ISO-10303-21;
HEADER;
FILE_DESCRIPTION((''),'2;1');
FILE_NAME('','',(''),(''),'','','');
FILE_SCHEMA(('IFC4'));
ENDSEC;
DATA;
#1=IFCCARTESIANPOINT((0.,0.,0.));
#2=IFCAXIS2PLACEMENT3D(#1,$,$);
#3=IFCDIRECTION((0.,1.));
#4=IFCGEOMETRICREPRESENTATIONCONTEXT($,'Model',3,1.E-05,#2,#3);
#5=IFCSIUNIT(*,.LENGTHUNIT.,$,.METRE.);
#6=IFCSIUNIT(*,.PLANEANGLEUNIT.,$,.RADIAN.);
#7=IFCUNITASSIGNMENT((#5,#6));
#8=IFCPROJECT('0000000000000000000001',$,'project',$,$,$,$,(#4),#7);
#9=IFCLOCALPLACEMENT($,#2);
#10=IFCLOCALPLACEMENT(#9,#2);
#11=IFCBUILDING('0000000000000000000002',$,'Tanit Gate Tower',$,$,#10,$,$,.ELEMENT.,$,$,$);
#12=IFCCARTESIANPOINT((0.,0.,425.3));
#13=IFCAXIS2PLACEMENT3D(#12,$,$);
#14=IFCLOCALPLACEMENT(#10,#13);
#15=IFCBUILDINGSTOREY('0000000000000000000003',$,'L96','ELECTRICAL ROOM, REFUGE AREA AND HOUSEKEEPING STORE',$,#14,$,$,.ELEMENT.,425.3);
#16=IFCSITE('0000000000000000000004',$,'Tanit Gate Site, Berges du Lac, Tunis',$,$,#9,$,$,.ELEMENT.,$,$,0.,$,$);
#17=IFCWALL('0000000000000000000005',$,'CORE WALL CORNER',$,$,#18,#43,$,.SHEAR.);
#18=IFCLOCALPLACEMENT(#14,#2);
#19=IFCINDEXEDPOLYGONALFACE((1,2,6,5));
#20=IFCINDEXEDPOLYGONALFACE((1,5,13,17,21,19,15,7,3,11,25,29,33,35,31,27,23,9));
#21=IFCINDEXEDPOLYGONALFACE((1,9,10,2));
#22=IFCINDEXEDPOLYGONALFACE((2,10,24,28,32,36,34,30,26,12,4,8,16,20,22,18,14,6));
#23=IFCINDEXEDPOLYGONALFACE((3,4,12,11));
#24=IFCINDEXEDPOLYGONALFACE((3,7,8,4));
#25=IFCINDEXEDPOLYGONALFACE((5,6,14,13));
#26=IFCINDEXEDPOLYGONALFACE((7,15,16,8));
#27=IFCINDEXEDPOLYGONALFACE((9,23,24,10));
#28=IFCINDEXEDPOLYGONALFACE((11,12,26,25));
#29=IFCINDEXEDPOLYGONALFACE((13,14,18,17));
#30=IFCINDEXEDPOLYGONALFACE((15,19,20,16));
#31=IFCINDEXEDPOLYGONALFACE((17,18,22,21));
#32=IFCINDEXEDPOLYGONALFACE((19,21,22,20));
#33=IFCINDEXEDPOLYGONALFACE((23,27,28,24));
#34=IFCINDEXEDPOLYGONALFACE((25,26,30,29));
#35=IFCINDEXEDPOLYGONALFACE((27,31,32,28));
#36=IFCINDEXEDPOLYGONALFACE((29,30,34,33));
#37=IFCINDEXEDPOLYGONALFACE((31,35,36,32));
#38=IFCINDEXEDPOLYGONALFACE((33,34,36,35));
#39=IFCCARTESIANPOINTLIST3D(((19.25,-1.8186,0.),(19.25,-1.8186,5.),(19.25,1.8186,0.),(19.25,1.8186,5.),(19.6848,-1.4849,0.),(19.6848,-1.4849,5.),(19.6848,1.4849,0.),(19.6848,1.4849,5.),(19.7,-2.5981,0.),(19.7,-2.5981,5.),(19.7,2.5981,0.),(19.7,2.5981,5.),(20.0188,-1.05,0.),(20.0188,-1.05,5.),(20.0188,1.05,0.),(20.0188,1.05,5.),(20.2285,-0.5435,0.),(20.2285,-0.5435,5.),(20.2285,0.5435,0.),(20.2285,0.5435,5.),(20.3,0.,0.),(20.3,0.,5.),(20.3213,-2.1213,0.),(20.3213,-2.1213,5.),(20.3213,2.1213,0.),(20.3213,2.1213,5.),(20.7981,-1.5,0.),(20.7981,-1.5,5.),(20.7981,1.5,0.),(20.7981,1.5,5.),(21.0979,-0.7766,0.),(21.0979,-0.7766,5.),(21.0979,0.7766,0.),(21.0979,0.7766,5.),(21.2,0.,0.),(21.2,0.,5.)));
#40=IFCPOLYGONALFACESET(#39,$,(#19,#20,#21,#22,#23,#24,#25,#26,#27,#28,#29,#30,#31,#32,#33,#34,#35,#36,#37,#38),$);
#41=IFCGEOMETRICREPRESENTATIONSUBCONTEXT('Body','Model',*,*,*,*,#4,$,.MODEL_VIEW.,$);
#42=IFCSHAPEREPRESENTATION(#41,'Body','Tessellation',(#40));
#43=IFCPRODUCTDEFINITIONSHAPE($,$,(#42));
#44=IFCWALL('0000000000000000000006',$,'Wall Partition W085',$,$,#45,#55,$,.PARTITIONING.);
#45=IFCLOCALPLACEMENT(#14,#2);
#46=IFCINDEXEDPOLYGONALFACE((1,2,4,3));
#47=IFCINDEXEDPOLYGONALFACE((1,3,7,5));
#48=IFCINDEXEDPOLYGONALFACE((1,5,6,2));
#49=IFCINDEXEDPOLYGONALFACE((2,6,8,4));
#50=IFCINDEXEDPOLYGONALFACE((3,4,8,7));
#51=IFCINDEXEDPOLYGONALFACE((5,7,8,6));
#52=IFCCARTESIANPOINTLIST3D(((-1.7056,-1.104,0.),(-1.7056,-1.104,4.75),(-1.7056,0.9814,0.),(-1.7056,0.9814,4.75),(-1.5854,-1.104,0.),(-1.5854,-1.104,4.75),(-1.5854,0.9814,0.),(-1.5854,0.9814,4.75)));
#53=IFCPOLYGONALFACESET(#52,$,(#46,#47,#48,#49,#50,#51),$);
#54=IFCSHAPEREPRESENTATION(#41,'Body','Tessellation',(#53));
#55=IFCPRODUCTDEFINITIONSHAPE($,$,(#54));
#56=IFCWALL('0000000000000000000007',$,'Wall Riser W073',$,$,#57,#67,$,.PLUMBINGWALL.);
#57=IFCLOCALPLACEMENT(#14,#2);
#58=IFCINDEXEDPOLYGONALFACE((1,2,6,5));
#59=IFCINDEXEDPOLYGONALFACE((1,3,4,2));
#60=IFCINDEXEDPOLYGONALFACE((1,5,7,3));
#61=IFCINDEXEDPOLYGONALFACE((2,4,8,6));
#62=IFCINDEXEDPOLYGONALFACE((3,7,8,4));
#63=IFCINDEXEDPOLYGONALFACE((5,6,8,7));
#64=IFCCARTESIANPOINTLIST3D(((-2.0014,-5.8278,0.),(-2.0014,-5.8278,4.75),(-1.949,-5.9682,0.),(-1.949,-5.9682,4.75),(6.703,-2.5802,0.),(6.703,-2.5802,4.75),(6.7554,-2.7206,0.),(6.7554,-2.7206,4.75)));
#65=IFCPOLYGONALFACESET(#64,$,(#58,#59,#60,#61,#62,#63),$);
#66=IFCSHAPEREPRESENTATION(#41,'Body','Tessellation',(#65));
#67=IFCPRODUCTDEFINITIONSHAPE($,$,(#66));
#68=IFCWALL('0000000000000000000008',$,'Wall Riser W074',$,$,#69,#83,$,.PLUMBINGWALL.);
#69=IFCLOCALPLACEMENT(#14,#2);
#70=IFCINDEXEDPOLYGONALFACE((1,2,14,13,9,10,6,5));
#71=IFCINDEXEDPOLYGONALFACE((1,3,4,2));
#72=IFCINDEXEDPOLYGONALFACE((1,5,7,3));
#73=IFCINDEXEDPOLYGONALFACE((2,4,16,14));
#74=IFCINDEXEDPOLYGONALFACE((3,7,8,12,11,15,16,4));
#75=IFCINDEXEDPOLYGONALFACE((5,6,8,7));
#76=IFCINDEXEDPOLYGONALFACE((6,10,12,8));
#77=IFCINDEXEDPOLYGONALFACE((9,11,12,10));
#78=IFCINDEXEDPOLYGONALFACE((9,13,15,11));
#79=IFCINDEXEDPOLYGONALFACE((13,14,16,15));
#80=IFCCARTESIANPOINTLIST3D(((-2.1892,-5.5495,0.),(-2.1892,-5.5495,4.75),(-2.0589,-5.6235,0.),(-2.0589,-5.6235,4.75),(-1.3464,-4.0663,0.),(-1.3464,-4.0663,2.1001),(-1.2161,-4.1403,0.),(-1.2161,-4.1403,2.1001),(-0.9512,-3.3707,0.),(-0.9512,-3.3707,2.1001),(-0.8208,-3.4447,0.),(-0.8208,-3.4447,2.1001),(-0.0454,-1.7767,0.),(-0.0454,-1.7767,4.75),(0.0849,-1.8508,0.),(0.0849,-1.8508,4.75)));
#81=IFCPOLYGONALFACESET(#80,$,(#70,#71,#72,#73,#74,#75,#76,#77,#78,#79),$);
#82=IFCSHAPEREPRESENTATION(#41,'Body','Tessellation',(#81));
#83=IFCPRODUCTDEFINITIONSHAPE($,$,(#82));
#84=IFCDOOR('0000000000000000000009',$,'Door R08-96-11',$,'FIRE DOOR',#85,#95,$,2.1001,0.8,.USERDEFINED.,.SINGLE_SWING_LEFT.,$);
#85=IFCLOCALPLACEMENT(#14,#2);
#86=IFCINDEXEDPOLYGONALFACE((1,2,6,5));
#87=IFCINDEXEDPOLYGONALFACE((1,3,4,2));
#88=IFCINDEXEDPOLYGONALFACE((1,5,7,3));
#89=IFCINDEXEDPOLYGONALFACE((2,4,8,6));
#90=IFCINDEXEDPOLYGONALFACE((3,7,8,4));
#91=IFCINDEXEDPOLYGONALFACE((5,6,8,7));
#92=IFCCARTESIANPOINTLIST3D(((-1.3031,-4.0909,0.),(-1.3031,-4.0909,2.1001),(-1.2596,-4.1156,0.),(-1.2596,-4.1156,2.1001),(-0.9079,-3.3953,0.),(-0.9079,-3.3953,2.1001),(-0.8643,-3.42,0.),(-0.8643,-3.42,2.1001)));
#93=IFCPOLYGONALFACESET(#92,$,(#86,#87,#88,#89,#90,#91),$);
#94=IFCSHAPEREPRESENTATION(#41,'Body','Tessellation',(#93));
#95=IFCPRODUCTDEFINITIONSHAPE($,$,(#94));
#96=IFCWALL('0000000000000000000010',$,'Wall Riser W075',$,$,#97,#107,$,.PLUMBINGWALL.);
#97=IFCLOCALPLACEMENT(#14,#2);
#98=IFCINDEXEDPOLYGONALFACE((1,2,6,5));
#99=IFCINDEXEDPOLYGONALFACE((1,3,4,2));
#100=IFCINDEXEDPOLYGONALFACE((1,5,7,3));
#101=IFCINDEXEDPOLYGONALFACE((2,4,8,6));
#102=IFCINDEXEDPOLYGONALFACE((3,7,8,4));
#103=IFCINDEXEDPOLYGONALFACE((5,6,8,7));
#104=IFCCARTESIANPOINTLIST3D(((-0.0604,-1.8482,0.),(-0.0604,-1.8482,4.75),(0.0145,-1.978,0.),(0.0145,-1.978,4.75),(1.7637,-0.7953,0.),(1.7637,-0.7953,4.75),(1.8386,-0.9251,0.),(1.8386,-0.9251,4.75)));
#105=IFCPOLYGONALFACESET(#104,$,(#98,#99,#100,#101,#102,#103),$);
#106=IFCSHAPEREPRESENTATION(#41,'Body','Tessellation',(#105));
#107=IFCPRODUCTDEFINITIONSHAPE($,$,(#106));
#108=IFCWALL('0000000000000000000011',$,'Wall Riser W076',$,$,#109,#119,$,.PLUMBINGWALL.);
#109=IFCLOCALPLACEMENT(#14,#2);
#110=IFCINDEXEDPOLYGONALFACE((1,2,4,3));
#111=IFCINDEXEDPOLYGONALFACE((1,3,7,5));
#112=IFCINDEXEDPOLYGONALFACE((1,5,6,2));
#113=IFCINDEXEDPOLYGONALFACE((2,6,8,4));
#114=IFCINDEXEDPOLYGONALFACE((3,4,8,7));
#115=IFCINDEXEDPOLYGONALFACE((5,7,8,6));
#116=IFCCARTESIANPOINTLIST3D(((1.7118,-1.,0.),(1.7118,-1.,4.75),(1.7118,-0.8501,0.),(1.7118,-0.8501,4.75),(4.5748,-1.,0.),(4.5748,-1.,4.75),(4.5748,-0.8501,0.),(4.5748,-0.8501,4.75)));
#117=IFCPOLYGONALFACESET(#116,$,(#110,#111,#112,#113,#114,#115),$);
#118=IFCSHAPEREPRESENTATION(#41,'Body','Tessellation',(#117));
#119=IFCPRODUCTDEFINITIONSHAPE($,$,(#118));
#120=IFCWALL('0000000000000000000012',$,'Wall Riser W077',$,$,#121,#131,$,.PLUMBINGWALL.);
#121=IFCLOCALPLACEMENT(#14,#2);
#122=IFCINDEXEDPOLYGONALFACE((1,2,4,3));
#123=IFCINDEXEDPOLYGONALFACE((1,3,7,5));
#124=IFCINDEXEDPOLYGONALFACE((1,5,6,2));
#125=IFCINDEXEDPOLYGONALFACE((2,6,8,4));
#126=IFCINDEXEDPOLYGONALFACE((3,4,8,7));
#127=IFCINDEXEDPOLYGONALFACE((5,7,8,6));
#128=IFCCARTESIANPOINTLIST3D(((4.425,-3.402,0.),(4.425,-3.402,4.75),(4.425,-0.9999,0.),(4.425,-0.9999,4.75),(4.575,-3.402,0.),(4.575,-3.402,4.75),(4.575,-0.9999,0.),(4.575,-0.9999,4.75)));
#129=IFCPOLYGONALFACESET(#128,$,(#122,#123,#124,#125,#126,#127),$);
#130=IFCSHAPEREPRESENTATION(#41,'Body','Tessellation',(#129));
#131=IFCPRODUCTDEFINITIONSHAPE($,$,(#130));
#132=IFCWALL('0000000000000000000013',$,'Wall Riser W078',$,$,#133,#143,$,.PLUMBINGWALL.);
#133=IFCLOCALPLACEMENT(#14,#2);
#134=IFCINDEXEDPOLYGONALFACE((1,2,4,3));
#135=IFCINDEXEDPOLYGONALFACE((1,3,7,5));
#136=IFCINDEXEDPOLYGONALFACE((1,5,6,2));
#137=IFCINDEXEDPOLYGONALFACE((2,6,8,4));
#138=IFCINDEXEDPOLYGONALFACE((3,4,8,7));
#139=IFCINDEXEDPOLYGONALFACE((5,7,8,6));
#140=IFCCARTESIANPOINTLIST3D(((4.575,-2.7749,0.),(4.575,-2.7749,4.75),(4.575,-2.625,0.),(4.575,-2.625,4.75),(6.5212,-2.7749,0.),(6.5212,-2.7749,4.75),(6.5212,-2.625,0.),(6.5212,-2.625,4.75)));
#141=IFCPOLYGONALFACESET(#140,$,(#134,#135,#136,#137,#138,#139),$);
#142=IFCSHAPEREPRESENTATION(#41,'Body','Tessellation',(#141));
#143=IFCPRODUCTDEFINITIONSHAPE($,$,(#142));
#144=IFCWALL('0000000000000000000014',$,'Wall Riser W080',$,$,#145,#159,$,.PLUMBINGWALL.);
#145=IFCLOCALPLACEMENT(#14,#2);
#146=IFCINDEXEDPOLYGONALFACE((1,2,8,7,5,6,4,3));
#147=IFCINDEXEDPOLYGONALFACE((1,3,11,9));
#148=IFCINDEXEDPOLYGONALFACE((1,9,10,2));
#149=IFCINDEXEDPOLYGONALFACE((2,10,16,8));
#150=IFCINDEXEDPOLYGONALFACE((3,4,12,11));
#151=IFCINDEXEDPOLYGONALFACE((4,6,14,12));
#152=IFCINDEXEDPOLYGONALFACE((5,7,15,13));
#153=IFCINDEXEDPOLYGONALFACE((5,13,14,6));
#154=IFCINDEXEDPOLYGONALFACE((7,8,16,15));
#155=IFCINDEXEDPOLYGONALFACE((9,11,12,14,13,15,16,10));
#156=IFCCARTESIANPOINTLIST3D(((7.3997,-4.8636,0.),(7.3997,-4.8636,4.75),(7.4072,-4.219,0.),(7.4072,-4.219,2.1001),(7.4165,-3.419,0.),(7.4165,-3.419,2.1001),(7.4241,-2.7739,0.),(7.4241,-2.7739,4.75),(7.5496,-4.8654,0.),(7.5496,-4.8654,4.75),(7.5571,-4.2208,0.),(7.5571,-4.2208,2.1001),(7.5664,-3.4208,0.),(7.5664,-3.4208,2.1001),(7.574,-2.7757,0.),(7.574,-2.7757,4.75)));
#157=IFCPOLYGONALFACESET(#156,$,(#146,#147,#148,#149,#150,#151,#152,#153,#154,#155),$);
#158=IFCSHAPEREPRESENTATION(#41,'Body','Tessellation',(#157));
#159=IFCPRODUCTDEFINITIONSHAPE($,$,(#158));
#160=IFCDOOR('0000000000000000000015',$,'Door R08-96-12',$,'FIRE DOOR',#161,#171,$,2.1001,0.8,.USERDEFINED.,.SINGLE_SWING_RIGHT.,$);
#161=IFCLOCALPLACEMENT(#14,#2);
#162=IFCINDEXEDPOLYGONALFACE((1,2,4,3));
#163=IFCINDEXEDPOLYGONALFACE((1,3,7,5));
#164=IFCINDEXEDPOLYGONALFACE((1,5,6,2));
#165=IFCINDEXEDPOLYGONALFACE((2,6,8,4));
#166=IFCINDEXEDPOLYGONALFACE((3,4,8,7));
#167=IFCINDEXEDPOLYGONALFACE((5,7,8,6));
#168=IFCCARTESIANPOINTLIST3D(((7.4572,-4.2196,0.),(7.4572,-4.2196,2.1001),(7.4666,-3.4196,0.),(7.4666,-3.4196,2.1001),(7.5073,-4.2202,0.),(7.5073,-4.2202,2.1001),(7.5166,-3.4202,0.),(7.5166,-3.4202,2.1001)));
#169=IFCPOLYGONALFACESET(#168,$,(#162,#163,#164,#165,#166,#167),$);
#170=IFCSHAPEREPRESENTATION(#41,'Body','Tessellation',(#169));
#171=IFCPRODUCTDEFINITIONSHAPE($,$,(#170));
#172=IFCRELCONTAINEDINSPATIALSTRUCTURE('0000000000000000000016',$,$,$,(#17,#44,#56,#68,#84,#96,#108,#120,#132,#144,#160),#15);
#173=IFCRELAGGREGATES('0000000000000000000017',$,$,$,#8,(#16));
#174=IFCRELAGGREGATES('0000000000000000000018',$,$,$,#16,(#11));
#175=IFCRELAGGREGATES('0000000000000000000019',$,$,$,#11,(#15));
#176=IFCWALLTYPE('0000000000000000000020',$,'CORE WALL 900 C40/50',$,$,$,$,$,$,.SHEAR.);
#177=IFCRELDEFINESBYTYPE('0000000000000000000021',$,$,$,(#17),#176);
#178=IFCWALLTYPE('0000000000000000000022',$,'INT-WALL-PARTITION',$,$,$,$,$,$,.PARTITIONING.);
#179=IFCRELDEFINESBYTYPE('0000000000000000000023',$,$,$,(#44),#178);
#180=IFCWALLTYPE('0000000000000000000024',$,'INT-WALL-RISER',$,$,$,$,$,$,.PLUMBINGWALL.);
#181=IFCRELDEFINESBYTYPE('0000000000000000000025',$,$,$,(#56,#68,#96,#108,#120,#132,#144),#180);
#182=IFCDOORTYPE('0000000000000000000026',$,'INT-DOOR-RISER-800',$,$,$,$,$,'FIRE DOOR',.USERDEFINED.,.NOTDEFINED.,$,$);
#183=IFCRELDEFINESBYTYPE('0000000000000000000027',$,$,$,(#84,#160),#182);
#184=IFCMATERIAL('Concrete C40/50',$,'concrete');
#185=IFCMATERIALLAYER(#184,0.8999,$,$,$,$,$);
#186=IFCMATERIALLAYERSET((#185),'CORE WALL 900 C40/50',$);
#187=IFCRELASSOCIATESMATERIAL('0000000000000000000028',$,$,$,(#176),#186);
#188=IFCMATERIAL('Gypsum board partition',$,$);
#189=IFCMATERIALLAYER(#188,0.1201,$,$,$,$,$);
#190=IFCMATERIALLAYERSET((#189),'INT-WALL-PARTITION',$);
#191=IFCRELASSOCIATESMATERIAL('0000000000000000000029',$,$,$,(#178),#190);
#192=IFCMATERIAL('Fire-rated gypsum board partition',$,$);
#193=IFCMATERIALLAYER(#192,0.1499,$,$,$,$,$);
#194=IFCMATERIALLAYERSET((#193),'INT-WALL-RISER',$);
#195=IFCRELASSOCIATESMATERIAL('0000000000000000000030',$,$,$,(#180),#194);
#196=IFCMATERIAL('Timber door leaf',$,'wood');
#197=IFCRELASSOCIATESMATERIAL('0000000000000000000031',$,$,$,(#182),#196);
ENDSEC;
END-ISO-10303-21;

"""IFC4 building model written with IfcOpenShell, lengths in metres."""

from ifc_helpers import new_model, si_unit, direction, frame, frame_2d, origin, place, context, subcontext, project, spatial, polyline, rectangle, outline, extrude, material, layer, layer_set, type_object, element, fill, save


model = new_model("IFC4")

# Units and contexts
model_context = context("Model", 3, precision=1e-05, world=origin(), true_north=direction((0.0, 1.0)))
body_context = subcontext(model_context, "Body", "Model", "MODEL_VIEW")
ifc_project = project(units=[si_unit("LENGTHUNIT", "METRE"), si_unit("PLANEANGLEUNIT", "RADIAN")], contexts=[model_context])

# Site, building, storey
site_placement = place(None, origin())
site = spatial("IfcSite", under=ifc_project, at=site_placement, Name="Tanit Gate Site, Berges du Lac, Tunis", CompositionType="ELEMENT", RefElevation=0.0)
building_placement = place(site_placement, origin())
building = spatial("IfcBuilding", under=site, at=building_placement, Name="Tanit Gate Tower", CompositionType="ELEMENT")
storey_placement = place(building_placement, frame((0.0, 0.0, 425.3)))
storey = spatial("IfcBuildingStorey", under=building, at=storey_placement, Name="L96", Description="ELECTRICAL ROOM, REFUGE AREA AND HOUSEKEEPING STORE", CompositionType="ELEMENT", Elevation=425.3)

# Walls
ifc_material_1 = material(Name="Concrete C40/50", Category="concrete")
ifc_layer_1 = layer(ifc_material_1, 0.8999)
ifc_layer_set_1 = layer_set([ifc_layer_1], Name="CORE WALL 900 C40/50")
wall_type_1 = type_object("IfcWallType", Name="CORE WALL 900 C40/50", PredefinedType="SHEAR", material=ifc_layer_set_1)
wall_1_placement = place(storey_placement, origin())
element("IfcWall", 1, at=wall_1_placement, inside=storey, type_object=wall_type_1, Name="CORE WALL CORNER", PredefinedType="SHEAR", context=body_context, shape_type="SweptSolid", body=[
    extrude(outline(polyline([(19.7, -2.5981), (20.3213, -2.1213), (20.7981, -1.5), (21.0979, -0.7766), (21.2, 0.0), (21.0979, 0.7766), (20.7981, 1.5), (20.3213, 2.1213), (19.7, 2.5981), (19.25, 1.8186), (19.6848, 1.4849), (20.0188, 1.05), (20.2285, 0.5435), (20.3, 0.0), (20.2285, -0.5435), (20.0188, -1.05), (19.6848, -1.4849), (19.25, -1.8186), (19.7, -2.5981)])), origin(), (0.0, 0.0, 1.0), 5.0),
])
ifc_material_2 = material(Name="Gypsum board partition")
ifc_layer_2 = layer(ifc_material_2, 0.1201)
ifc_layer_set_2 = layer_set([ifc_layer_2], Name="INT-WALL-PARTITION")
wall_type_2 = type_object("IfcWallType", Name="INT-WALL-PARTITION", PredefinedType="PARTITIONING", material=ifc_layer_set_2)
wall_2_placement = place(storey_placement, frame((-1.6455, -1.104, 0.0), z_axis=(0.0, 0.0, 1.0), x_axis=(0.0, 1.0, 0.0)))
element("IfcWall", 2, at=wall_2_placement, inside=storey, type_object=wall_type_2, Name="Wall Partition W085", PredefinedType="PARTITIONING", context=body_context, shape_type="SweptSolid", body=[
    extrude(rectangle(XDim=2.0854, YDim=0.1201, at=frame_2d((1.0427, 0.0))), origin(), (0.0, 0.0, 1.0), 4.75),
])
ifc_material_3 = material(Name="Fire-rated gypsum board partition")
ifc_layer_3 = layer(ifc_material_3, 0.1499)
ifc_layer_set_3 = layer_set([ifc_layer_3], Name="INT-WALL-RISER")
wall_type_3 = type_object("IfcWallType", Name="INT-WALL-RISER", PredefinedType="PLUMBINGWALL", material=ifc_layer_set_3)
wall_3_placement = place(storey_placement, frame((6.7292, -2.6504, 0.0), z_axis=(0.0, 0.0, 1.0), x_axis=(-0.936914, -0.349559, 0.0)))
element("IfcWall", 3, at=wall_3_placement, inside=storey, type_object=wall_type_3, Name="Wall Riser W073", PredefinedType="PLUMBINGWALL", context=body_context, shape_type="SweptSolid", body=[
    extrude(rectangle(XDim=9.2905, YDim=0.1499, at=frame_2d((4.6453, 0.0))), origin(), (0.0, 0.0, 1.0), 4.75),
])

# Wall, opening, door
wall_4_placement = place(storey_placement, frame((0.0198, -1.8137, 0.0), z_axis=(0.0, 0.0, 1.0), x_axis=(-0.494047, -0.869435, 0.0)))
wall_4 = element("IfcWall", 4, at=wall_4_placement, inside=storey, type_object=wall_type_3, Name="Wall Riser W074", PredefinedType="PLUMBINGWALL", context=body_context, shape_type="SweptSolid", body=[
    extrude(rectangle(XDim=4.3394, YDim=0.1499, at=frame_2d((2.1697, 0.0))), origin(), (0.0, 0.0, 1.0), 4.75),
])
opening_1_placement = place(wall_4_placement, frame((1.8335, 0.0, 0.0)))
opening_1 = element("IfcOpeningElement", 5, at=opening_1_placement, cuts=wall_4, PredefinedType="OPENING", context=body_context, shape_type="SweptSolid", body=[
    extrude(rectangle(XDim=0.8, YDim=2.1001, at=frame_2d((0.3999, 1.05))), frame((0.0, 0.085, 0.0), z_axis=(0.0, -1.0, 0.0), x_axis=(1.0, 0.0, 0.0)), (0.0, 0.0, 1.0), 0.1699),
])
ifc_material_4 = material(Name="Timber door leaf", Category="wood")
door_type = type_object("IfcDoorType", Name="INT-DOOR-RISER-800", ElementType="FIRE DOOR", OperationType="NOTDEFINED", PredefinedType="USERDEFINED", material=ifc_material_4)
door_1_placement = place(opening_1_placement, origin())
door_1 = element("IfcDoor", 6, at=door_1_placement, inside=storey, type_object=door_type, Name="Door R08-96-11", ObjectType="FIRE DOOR", OperationType="SINGLE_SWING_LEFT", OverallHeight=2.1001, OverallWidth=0.8, PredefinedType="USERDEFINED", context=body_context, shape_type="SweptSolid", body=[
    extrude(rectangle(XDim=0.8, YDim=2.1001, at=frame_2d((0.3999, 1.05))), frame((0.0, 0.0249, 0.0), z_axis=(0.0, -1.0, 0.0), x_axis=(1.0, 0.0, 0.0)), (0.0, 0.0, 1.0), 0.05),
])
fill(opening_1, door_1)

# Walls
wall_5_placement = place(storey_placement, frame((1.8013, -0.8601, 0.0), z_axis=(0.0, 0.0, 1.0), x_axis=(-0.866074, -0.499916, 0.0)))
element("IfcWall", 7, at=wall_5_placement, inside=storey, type_object=wall_type_3, Name="Wall Riser W075", PredefinedType="PLUMBINGWALL", context=body_context, shape_type="SweptSolid", body=[
    extrude(rectangle(XDim=2.1062, YDim=0.1499, at=frame_2d((1.0532, 0.0))), origin(), (0.0, 0.0, 1.0), 4.75),
])
wall_6_placement = place(storey_placement, frame((4.575, -0.925, 0.0), z_axis=(0.0, 0.0, 1.0), x_axis=(-1.0, 0.0, 0.0)))
element("IfcWall", 8, at=wall_6_placement, inside=storey, type_object=wall_type_3, Name="Wall Riser W076", PredefinedType="PLUMBINGWALL", context=body_context, shape_type="SweptSolid", body=[
    extrude(rectangle(XDim=2.863, YDim=0.1499, at=frame_2d((1.4316, 0.0))), origin(), (0.0, 0.0, 1.0), 4.75),
])
wall_7_placement = place(storey_placement, frame((4.5, -3.4021, 0.0), z_axis=(0.0, 0.0, 1.0), x_axis=(0.0, 1.0, 0.0)))
element("IfcWall", 9, at=wall_7_placement, inside=storey, type_object=wall_type_3, Name="Wall Riser W077", PredefinedType="PLUMBINGWALL", context=body_context, shape_type="SweptSolid", body=[
    extrude(rectangle(XDim=2.4021, YDim=0.1499, at=frame_2d((1.2012, 0.0))), origin(), (0.0, 0.0, 1.0), 4.75),
])
wall_8_placement = place(storey_placement, frame((6.5212, -2.7, 0.0), z_axis=(0.0, 0.0, 1.0), x_axis=(-1.0, 0.0, 0.0)))
element("IfcWall", 10, at=wall_8_placement, inside=storey, type_object=wall_type_3, Name="Wall Riser W078", PredefinedType="PLUMBINGWALL", context=body_context, shape_type="SweptSolid", body=[
    extrude(rectangle(XDim=1.9463, YDim=0.1499, at=frame_2d((0.9731, 0.0))), origin(), (0.0, 0.0, 1.0), 4.75),
])

# Wall, opening, door
wall_9_placement = place(storey_placement, frame((7.4746, -4.8645, 0.0), z_axis=(0.0, 0.0, 1.0), x_axis=(0.011683, 0.999932, 0.0)))
wall_9 = element("IfcWall", 11, at=wall_9_placement, inside=storey, type_object=wall_type_3, Name="Wall Riser W080", PredefinedType="PLUMBINGWALL", context=body_context, shape_type="SweptSolid", body=[
    extrude(rectangle(XDim=2.0898, YDim=0.1499, at=frame_2d((1.0449, 0.0))), origin(), (0.0, 0.0, 1.0), 4.75),
])
opening_2_placement = place(wall_9_placement, frame((0.6448, 0.0, 0.0)))
opening_2 = element("IfcOpeningElement", 12, at=opening_2_placement, cuts=wall_9, PredefinedType="OPENING", context=body_context, shape_type="SweptSolid", body=[
    extrude(rectangle(XDim=0.8, YDim=2.1001, at=frame_2d((0.3999, 1.05))), frame((0.0, 0.085, 0.0), z_axis=(0.0, -1.0, 0.0), x_axis=(1.0, 0.0, 0.0)), (0.0, 0.0, 1.0), 0.1699),
])
door_2_placement = place(opening_2_placement, origin())
door_2 = element("IfcDoor", 13, at=door_2_placement, inside=storey, type_object=door_type, Name="Door R08-96-12", ObjectType="FIRE DOOR", OperationType="SINGLE_SWING_RIGHT", OverallHeight=2.1001, OverallWidth=0.8, PredefinedType="USERDEFINED", context=body_context, shape_type="SweptSolid", body=[
    extrude(rectangle(XDim=0.8, YDim=2.1001, at=frame_2d((0.3999, 1.05))), frame((0.0, 0.0249, 0.0), z_axis=(0.0, -1.0, 0.0), x_axis=(1.0, 0.0, 0.0)), (0.0, 0.0, 1.0), 0.05),
])
fill(opening_2, door_2)

save(model, "model.ifc")
